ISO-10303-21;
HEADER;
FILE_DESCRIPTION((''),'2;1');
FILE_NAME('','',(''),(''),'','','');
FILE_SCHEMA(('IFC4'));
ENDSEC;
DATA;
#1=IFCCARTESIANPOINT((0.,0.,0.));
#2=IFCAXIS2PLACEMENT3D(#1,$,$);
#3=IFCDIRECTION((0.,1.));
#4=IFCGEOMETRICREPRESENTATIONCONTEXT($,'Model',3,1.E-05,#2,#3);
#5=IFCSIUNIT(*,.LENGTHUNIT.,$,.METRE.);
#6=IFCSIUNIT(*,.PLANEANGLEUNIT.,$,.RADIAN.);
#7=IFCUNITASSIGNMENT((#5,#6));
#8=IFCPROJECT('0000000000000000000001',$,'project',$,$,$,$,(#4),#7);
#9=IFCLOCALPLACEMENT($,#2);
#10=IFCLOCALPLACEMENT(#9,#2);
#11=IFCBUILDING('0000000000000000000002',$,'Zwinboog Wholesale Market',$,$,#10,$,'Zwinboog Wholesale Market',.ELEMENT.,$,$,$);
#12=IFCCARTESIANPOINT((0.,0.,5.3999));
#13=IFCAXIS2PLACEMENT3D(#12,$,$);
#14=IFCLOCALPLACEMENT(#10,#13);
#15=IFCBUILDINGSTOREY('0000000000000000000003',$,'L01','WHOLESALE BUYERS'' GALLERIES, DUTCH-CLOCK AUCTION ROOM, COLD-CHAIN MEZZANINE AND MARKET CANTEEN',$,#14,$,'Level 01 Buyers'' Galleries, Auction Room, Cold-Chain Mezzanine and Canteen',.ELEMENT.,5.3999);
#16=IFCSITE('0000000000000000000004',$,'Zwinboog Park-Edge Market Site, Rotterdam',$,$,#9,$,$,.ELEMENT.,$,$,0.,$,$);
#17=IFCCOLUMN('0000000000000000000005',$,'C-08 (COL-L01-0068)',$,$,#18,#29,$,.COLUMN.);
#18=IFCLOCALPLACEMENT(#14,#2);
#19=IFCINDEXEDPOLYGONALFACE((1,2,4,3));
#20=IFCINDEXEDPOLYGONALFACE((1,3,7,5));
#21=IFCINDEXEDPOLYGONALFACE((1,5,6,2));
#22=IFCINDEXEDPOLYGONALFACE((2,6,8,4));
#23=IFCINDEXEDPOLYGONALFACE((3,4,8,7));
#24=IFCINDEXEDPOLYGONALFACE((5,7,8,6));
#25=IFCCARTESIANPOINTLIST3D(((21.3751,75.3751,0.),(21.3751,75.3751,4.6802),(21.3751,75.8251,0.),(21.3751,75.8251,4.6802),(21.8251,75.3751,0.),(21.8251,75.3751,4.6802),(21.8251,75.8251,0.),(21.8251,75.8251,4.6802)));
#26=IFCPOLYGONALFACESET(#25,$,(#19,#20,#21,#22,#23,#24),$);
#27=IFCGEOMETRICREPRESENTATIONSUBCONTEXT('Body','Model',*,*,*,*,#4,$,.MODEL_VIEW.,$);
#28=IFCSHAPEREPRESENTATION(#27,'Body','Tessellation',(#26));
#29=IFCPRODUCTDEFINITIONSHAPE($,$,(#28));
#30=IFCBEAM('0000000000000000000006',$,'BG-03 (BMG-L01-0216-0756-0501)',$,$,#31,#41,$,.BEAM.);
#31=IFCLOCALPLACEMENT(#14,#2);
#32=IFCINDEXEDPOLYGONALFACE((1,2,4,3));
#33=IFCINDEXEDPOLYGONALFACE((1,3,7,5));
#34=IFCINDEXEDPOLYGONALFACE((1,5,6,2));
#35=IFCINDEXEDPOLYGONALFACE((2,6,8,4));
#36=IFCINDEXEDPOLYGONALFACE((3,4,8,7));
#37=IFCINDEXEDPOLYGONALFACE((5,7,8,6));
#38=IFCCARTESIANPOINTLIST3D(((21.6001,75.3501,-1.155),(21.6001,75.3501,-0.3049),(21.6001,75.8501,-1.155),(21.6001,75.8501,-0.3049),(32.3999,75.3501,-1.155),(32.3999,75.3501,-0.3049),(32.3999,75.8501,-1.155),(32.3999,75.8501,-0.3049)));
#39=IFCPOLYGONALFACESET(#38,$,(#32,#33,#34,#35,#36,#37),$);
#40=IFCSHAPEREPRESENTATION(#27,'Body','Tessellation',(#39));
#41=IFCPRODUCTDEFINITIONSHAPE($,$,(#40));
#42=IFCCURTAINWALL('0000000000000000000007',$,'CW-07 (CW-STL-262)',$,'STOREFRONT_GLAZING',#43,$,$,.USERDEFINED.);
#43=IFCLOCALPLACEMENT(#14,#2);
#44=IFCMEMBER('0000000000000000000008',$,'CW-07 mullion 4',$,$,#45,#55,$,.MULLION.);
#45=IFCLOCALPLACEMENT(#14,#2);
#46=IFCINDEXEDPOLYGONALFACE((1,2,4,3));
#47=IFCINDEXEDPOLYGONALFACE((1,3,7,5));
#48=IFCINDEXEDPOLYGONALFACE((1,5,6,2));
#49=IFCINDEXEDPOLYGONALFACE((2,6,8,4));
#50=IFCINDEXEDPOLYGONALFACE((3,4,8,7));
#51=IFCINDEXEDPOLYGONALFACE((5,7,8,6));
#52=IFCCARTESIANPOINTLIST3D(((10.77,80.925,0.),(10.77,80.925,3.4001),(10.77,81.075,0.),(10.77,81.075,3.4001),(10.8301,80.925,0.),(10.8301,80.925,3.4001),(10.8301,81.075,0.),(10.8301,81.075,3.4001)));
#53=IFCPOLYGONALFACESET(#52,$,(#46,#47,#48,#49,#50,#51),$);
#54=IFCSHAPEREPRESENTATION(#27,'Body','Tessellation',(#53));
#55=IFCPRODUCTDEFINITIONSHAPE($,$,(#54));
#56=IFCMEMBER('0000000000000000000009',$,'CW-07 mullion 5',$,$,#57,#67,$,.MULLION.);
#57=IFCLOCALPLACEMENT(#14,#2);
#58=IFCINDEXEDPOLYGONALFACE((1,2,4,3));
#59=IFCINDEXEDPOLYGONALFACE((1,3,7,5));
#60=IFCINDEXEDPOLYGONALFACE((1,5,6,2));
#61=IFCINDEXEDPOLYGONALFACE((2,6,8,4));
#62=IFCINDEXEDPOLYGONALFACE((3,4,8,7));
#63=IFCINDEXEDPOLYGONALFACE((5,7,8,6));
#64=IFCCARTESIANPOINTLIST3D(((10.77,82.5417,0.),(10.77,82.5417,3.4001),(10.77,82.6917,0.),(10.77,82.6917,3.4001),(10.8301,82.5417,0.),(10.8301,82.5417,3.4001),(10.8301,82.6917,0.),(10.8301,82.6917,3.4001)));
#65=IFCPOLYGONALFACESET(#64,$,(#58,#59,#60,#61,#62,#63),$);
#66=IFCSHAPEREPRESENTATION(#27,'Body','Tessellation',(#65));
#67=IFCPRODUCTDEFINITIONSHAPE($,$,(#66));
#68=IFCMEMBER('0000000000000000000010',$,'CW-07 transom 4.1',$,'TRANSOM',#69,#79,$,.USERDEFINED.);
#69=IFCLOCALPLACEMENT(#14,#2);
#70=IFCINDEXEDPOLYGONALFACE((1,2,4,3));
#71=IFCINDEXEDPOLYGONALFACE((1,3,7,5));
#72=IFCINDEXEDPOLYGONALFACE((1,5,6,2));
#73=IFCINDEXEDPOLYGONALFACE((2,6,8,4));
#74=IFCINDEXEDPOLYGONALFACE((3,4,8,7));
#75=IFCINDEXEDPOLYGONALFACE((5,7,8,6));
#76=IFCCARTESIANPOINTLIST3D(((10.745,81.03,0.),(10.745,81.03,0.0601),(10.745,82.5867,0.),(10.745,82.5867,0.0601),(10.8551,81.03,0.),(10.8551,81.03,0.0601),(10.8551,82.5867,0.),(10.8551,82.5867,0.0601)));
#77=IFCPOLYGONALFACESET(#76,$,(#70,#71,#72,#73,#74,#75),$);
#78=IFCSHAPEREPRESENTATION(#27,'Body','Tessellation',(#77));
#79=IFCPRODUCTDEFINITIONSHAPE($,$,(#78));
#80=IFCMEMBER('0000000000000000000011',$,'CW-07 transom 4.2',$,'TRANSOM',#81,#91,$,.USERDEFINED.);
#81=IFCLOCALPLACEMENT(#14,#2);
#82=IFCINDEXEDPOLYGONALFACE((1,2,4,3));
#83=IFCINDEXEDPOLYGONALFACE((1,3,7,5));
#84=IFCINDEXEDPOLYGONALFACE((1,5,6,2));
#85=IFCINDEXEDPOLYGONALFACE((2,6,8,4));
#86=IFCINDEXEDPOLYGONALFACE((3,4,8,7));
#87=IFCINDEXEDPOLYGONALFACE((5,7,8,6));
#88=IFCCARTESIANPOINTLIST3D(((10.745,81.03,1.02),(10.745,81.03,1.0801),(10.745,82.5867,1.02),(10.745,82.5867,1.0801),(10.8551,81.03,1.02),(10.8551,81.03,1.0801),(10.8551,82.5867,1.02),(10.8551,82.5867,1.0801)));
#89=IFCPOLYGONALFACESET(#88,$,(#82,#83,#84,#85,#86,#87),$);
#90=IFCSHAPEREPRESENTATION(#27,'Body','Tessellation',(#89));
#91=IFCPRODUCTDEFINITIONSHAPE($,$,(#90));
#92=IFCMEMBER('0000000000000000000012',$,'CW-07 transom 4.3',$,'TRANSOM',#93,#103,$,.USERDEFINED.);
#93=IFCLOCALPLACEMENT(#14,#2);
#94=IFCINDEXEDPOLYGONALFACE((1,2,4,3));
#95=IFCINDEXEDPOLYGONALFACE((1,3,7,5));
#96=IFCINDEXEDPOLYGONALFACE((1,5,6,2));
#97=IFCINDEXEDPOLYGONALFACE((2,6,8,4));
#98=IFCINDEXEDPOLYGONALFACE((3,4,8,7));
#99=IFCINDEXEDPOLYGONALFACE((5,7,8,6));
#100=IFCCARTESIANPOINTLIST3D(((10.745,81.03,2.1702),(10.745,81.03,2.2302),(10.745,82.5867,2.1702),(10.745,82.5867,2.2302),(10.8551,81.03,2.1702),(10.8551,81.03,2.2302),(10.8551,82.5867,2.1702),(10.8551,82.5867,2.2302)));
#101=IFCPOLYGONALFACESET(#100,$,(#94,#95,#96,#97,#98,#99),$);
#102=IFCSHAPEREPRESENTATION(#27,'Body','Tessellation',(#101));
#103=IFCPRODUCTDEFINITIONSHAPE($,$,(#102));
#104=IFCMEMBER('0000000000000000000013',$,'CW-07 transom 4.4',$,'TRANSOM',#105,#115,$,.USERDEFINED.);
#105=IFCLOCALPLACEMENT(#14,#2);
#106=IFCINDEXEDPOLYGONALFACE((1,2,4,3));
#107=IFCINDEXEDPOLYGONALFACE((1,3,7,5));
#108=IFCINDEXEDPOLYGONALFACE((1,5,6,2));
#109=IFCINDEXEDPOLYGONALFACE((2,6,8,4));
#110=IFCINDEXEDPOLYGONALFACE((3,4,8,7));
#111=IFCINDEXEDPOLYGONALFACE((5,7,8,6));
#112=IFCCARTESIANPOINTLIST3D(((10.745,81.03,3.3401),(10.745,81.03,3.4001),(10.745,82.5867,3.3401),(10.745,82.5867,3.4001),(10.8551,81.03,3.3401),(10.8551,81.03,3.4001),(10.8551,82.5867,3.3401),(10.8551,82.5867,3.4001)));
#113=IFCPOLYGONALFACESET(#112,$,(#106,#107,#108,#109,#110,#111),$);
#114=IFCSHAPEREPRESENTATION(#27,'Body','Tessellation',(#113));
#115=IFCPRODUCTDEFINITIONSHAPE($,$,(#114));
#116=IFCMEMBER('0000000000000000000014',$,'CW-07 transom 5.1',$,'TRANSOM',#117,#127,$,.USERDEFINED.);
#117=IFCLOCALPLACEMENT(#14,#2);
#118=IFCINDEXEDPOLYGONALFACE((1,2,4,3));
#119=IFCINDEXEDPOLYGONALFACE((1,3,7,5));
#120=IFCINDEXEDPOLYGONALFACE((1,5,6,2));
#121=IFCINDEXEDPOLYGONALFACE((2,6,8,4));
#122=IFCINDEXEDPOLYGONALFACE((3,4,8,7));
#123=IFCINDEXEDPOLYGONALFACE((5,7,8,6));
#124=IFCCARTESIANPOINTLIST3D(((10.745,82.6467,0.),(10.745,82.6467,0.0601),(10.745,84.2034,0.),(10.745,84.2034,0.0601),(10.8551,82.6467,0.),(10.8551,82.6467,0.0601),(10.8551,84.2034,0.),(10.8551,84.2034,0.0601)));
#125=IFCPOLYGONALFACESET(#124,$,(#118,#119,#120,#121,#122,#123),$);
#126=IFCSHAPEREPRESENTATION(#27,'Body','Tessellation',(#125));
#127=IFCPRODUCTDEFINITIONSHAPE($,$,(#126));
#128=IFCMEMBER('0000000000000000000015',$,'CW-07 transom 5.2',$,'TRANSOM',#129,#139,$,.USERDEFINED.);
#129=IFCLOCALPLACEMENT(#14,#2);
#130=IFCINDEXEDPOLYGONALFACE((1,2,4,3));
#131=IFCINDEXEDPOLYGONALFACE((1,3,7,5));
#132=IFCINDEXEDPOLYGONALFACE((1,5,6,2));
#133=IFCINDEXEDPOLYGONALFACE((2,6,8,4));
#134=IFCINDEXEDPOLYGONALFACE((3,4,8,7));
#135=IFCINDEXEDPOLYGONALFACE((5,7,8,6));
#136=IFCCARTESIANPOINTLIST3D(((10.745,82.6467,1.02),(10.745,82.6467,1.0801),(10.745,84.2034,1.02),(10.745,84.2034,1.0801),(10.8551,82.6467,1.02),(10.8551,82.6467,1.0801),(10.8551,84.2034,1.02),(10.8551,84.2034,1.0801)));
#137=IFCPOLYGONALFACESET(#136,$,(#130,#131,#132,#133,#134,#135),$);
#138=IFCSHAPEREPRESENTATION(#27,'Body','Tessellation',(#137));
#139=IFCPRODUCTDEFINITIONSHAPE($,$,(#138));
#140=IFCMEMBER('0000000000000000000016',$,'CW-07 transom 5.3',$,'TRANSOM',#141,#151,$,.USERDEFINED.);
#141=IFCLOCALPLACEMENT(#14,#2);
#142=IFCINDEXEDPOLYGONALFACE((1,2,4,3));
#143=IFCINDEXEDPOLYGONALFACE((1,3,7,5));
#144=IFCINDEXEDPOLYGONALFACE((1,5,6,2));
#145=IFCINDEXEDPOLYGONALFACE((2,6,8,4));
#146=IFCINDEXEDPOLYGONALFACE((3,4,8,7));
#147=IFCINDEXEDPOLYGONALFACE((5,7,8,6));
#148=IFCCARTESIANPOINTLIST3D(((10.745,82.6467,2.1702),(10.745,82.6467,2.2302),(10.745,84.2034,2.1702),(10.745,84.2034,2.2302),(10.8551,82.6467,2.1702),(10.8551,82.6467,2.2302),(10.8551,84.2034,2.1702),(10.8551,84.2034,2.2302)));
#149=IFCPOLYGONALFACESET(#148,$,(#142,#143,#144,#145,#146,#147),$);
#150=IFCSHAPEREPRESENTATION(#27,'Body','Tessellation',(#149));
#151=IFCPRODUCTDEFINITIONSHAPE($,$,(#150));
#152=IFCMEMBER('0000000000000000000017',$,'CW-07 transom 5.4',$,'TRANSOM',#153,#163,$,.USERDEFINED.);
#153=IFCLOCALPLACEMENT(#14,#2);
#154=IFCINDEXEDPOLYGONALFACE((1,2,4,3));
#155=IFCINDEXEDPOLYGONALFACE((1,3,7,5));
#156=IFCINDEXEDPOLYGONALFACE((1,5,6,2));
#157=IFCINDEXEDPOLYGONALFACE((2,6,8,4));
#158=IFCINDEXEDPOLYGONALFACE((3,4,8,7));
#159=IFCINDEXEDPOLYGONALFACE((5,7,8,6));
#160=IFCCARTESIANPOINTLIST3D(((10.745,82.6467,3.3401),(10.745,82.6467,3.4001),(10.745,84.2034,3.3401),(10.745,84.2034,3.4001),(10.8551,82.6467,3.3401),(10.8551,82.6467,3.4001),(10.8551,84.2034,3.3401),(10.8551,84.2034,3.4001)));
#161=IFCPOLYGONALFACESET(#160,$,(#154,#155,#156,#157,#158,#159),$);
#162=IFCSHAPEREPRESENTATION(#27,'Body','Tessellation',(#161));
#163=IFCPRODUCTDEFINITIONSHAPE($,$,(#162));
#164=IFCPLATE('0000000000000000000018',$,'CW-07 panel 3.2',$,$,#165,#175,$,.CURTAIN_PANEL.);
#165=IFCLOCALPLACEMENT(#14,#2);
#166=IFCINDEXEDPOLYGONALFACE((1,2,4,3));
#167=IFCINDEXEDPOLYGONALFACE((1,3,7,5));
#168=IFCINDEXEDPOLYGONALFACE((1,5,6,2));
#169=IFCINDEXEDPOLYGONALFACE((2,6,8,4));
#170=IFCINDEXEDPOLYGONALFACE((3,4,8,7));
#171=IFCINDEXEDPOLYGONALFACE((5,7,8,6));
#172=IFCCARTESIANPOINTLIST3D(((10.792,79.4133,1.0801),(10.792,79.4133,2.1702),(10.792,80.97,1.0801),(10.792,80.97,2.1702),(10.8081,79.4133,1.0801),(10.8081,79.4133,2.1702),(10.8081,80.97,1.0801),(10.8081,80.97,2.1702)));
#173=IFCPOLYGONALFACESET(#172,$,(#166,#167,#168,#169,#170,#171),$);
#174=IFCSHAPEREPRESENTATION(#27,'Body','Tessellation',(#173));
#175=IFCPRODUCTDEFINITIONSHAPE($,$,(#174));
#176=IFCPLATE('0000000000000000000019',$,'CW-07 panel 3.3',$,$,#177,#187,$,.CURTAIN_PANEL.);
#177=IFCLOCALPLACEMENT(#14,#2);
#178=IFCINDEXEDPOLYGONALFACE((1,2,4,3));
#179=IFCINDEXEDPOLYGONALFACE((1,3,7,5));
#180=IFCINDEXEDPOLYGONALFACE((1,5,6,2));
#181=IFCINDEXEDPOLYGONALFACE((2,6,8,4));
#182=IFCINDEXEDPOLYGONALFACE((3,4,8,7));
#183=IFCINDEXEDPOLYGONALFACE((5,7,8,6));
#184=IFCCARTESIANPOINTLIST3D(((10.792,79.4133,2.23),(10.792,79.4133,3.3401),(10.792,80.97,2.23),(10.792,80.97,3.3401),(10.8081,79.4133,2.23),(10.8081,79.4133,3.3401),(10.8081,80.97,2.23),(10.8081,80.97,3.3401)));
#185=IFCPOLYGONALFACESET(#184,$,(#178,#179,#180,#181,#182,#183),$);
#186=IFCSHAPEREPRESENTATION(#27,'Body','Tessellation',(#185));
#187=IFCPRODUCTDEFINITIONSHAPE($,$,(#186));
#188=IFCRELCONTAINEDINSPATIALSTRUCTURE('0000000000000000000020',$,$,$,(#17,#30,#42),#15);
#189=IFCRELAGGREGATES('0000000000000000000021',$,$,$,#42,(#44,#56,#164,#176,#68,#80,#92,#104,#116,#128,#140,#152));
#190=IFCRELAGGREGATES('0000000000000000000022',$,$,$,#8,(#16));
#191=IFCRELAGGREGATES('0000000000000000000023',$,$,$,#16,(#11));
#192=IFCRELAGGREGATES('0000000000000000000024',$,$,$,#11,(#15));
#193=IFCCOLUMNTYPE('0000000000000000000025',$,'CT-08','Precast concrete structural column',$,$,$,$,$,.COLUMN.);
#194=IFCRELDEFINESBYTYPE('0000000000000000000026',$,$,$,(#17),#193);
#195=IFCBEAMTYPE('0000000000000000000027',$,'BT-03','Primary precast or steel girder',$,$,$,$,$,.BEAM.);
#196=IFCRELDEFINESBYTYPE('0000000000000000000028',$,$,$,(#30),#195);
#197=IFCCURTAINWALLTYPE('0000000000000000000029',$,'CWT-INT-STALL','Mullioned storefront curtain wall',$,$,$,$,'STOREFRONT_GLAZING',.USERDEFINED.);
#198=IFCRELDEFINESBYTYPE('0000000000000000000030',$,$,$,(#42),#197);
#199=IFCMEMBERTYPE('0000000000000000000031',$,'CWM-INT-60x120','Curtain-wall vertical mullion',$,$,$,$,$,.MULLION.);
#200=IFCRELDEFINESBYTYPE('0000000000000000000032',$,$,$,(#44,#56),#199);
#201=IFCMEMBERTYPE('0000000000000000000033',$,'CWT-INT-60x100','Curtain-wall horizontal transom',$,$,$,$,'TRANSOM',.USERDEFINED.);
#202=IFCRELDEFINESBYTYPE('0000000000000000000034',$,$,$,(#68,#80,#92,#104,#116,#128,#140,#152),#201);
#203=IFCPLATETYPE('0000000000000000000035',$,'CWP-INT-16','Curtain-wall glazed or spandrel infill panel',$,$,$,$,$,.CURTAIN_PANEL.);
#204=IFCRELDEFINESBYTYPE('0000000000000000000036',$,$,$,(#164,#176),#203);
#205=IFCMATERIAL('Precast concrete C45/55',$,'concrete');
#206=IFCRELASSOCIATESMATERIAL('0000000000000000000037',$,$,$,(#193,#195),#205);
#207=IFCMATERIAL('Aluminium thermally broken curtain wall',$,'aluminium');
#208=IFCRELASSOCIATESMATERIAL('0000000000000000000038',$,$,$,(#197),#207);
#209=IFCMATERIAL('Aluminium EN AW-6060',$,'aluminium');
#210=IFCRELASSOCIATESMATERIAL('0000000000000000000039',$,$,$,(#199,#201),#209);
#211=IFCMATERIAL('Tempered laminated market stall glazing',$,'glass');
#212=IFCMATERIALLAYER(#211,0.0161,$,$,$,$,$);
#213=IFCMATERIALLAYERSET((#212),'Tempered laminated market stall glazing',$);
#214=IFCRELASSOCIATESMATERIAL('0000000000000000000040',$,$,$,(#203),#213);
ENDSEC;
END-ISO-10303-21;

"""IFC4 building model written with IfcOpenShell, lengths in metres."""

from ifc_helpers import new_model, si_unit, direction, frame, origin, origin_2d, place, context, subcontext, project, spatial, rectangle, extrude, material, layer, layer_set, material_profile, profile_set, type_object, element, aggregate, save


model = new_model("IFC4")

# Units and contexts
model_context = context("Model", 3, precision=1e-05, world=origin(), true_north=direction((0.0, 1.0)))
body_context = subcontext(model_context, "Body", "Model", "MODEL_VIEW")
ifc_project = project(units=[si_unit("LENGTHUNIT", "METRE"), si_unit("PLANEANGLEUNIT", "RADIAN")], contexts=[model_context])

# Site, building, storey
site_placement = place(None, origin())
site = spatial("IfcSite", under=ifc_project, at=site_placement, Name="Zwinboog Park-Edge Market Site, Rotterdam", CompositionType="ELEMENT", RefElevation=0.0)
building_placement = place(site_placement, origin())
building = spatial("IfcBuilding", under=site, at=building_placement, Name="Zwinboog Wholesale Market", LongName="Zwinboog Wholesale Market", CompositionType="ELEMENT")
storey_placement = place(building_placement, frame((0.0, 0.0, 5.3999)))
storey = spatial("IfcBuildingStorey", under=building, at=storey_placement, Name="L01", Description="WHOLESALE BUYERS' GALLERIES, DUTCH-CLOCK AUCTION ROOM, COLD-CHAIN MEZZANINE AND MARKET CANTEEN", LongName="Level 01 Buyers' Galleries, Auction Room, Cold-Chain Mezzanine and Canteen", CompositionType="ELEMENT", Elevation=5.3999)

# Column
ifc_material_1 = material(Name="Precast concrete C45/55", Category="concrete")
ifc_material_profile_1 = material_profile(ifc_material_1, rectangle(XDim=0.45, YDim=0.45, at=origin_2d()), Name="PC 450x450")
ifc_profile_set_1 = profile_set([ifc_material_profile_1], Name="Precast concrete C45/55")
column_type = type_object("IfcColumnType", Name="CT-08", Description="Precast concrete structural column", PredefinedType="COLUMN", material=ifc_profile_set_1)
column_placement = place(storey_placement, frame((21.6001, 75.6001, 0.0), z_axis=(0.0, 0.0, 1.0), x_axis=(1.0, 0.0, 0.0)))
element("IfcColumn", 1, at=column_placement, inside=storey, type_object=column_type, Name="C-08 (COL-L01-0068)", PredefinedType="COLUMN", context=body_context, shape_type="SweptSolid", body=[
    extrude(rectangle(XDim=0.45, YDim=0.45, at=origin_2d()), origin(), (0.0, 0.0, 1.0), 4.6802),
])

# Beam
ifc_material_profile_2 = material_profile(ifc_material_1, rectangle(XDim=0.5, YDim=0.8501, at=origin_2d()), Name="PC 500x850")
ifc_profile_set_2 = profile_set([ifc_material_profile_2], Name="Precast concrete C45/55")
beam_type = type_object("IfcBeamType", Name="BT-03", Description="Primary precast or steel girder", PredefinedType="BEAM", material=ifc_profile_set_2)
beam_placement = place(storey_placement, frame((21.6001, 75.6001, -0.73), z_axis=(1.0, 0.0, 0.0), x_axis=(0.0, 1.0, 0.0)))
element("IfcBeam", 2, at=beam_placement, inside=storey, type_object=beam_type, Name="BG-03 (BMG-L01-0216-0756-0501)", PredefinedType="BEAM", context=body_context, shape_type="SweptSolid", body=[
    extrude(rectangle(XDim=0.5, YDim=0.8501, at=origin_2d()), origin(), (0.0, 0.0, 1.0), 10.7998),
])

# Curtain wall, members, plates
ifc_material_2 = material(Name="Aluminium thermally broken curtain wall", Category="aluminium")
curtain_wall_type = type_object("IfcCurtainWallType", Name="CWT-INT-STALL", Description="Mullioned storefront curtain wall", ElementType="STOREFRONT_GLAZING", PredefinedType="USERDEFINED", material=ifc_material_2)
curtain_wall_placement = place(storey_placement, origin())
curtain_wall = element("IfcCurtainWall", 3, at=curtain_wall_placement, inside=storey, type_object=curtain_wall_type, Name="CW-07 (CW-STL-262)", ObjectType="STOREFRONT_GLAZING", PredefinedType="USERDEFINED")
ifc_material_3 = material(Name="Aluminium EN AW-6060", Category="aluminium")
ifc_material_profile_3 = material_profile(ifc_material_3, rectangle(XDim=0.0601, YDim=0.1499, at=origin_2d()), Name="AL 60x150")
ifc_profile_set_3 = profile_set([ifc_material_profile_3], Name="Aluminium EN AW-6060")
member_type_1 = type_object("IfcMemberType", Name="CWM-INT-60x120", Description="Curtain-wall vertical mullion", PredefinedType="MULLION", material=ifc_profile_set_3)
member_1_placement = place(storey_placement, frame((10.8, 81.0, 0.0), z_axis=(0.0, 0.0, 1.0), x_axis=(-1.0, 0.0, 0.0)))
member_1 = element("IfcMember", 4, at=member_1_placement, type_object=member_type_1, Name="CW-07 mullion 4", PredefinedType="MULLION", context=body_context, shape_type="SweptSolid", body=[
    extrude(rectangle(XDim=0.0601, YDim=0.1499, at=origin_2d()), origin(), (0.0, 0.0, 1.0), 3.4001),
])
member_2_placement = place(storey_placement, frame((10.8, 82.6167, 0.0), z_axis=(0.0, 0.0, 1.0), x_axis=(-1.0, 0.0, 0.0)))
member_2 = element("IfcMember", 5, at=member_2_placement, type_object=member_type_1, Name="CW-07 mullion 5", PredefinedType="MULLION", context=body_context, shape_type="SweptSolid", body=[
    extrude(rectangle(XDim=0.0601, YDim=0.1499, at=origin_2d()), origin(), (0.0, 0.0, 1.0), 3.4001),
])
ifc_material_profile_4 = material_profile(ifc_material_3, rectangle(XDim=0.1101, YDim=0.0601, at=origin_2d()), Name="AL 60x110")
ifc_profile_set_4 = profile_set([ifc_material_profile_4], Name="Aluminium EN AW-6060")
member_type_2 = type_object("IfcMemberType", Name="CWT-INT-60x100", Description="Curtain-wall horizontal transom", ElementType="TRANSOM", PredefinedType="USERDEFINED", material=ifc_profile_set_4)
member_3_placement = place(storey_placement, frame((10.8, 81.03, 0.03), z_axis=(0.0, 1.0, 0.0), x_axis=(-1.0, 0.0, 0.0)))
member_3 = element("IfcMember", 6, at=member_3_placement, type_object=member_type_2, Name="CW-07 transom 4.1", ObjectType="TRANSOM", PredefinedType="USERDEFINED", context=body_context, shape_type="SweptSolid", body=[
    extrude(rectangle(XDim=0.1101, YDim=0.0601, at=origin_2d()), origin(), (0.0, 0.0, 1.0), 1.5566),
])
member_4_placement = place(storey_placement, frame((10.8, 81.03, 1.05), z_axis=(0.0, 1.0, 0.0), x_axis=(-1.0, 0.0, 0.0)))
member_4 = element("IfcMember", 7, at=member_4_placement, type_object=member_type_2, Name="CW-07 transom 4.2", ObjectType="TRANSOM", PredefinedType="USERDEFINED", context=body_context, shape_type="SweptSolid", body=[
    extrude(rectangle(XDim=0.1101, YDim=0.0601, at=origin_2d()), origin(), (0.0, 0.0, 1.0), 1.5566),
])
member_5_placement = place(storey_placement, frame((10.8, 81.03, 2.2002), z_axis=(0.0, 1.0, 0.0), x_axis=(-1.0, 0.0, 0.0)))
member_5 = element("IfcMember", 8, at=member_5_placement, type_object=member_type_2, Name="CW-07 transom 4.3", ObjectType="TRANSOM", PredefinedType="USERDEFINED", context=body_context, shape_type="SweptSolid", body=[
    extrude(rectangle(XDim=0.1101, YDim=0.0601, at=origin_2d()), origin(), (0.0, 0.0, 1.0), 1.5566),
])
member_6_placement = place(storey_placement, frame((10.8, 81.03, 3.3701), z_axis=(0.0, 1.0, 0.0), x_axis=(-1.0, 0.0, 0.0)))
member_6 = element("IfcMember", 9, at=member_6_placement, type_object=member_type_2, Name="CW-07 transom 4.4", ObjectType="TRANSOM", PredefinedType="USERDEFINED", context=body_context, shape_type="SweptSolid", body=[
    extrude(rectangle(XDim=0.1101, YDim=0.0601, at=origin_2d()), origin(), (0.0, 0.0, 1.0), 1.5566),
])
member_7_placement = place(storey_placement, frame((10.8, 82.6467, 0.03), z_axis=(0.0, 1.0, 0.0), x_axis=(-1.0, 0.0, 0.0)))
member_7 = element("IfcMember", 10, at=member_7_placement, type_object=member_type_2, Name="CW-07 transom 5.1", ObjectType="TRANSOM", PredefinedType="USERDEFINED", context=body_context, shape_type="SweptSolid", body=[
    extrude(rectangle(XDim=0.1101, YDim=0.0601, at=origin_2d()), origin(), (0.0, 0.0, 1.0), 1.5566),
])
member_8_placement = place(storey_placement, frame((10.8, 82.6467, 1.05), z_axis=(0.0, 1.0, 0.0), x_axis=(-1.0, 0.0, 0.0)))
member_8 = element("IfcMember", 11, at=member_8_placement, type_object=member_type_2, Name="CW-07 transom 5.2", ObjectType="TRANSOM", PredefinedType="USERDEFINED", context=body_context, shape_type="SweptSolid", body=[
    extrude(rectangle(XDim=0.1101, YDim=0.0601, at=origin_2d()), origin(), (0.0, 0.0, 1.0), 1.5566),
])
member_9_placement = place(storey_placement, frame((10.8, 82.6467, 2.2002), z_axis=(0.0, 1.0, 0.0), x_axis=(-1.0, 0.0, 0.0)))
member_9 = element("IfcMember", 12, at=member_9_placement, type_object=member_type_2, Name="CW-07 transom 5.3", ObjectType="TRANSOM", PredefinedType="USERDEFINED", context=body_context, shape_type="SweptSolid", body=[
    extrude(rectangle(XDim=0.1101, YDim=0.0601, at=origin_2d()), origin(), (0.0, 0.0, 1.0), 1.5566),
])
member_10_placement = place(storey_placement, frame((10.8, 82.6467, 3.3701), z_axis=(0.0, 1.0, 0.0), x_axis=(-1.0, 0.0, 0.0)))
member_10 = element("IfcMember", 13, at=member_10_placement, type_object=member_type_2, Name="CW-07 transom 5.4", ObjectType="TRANSOM", PredefinedType="USERDEFINED", context=body_context, shape_type="SweptSolid", body=[
    extrude(rectangle(XDim=0.1101, YDim=0.0601, at=origin_2d()), origin(), (0.0, 0.0, 1.0), 1.5566),
])
ifc_material_4 = material(Name="Tempered laminated market stall glazing", Category="glass")
ifc_layer = layer(ifc_material_4, 0.0161)
ifc_layer_set = layer_set([ifc_layer], Name="Tempered laminated market stall glazing")
plate_type = type_object("IfcPlateType", Name="CWP-INT-16", Description="Curtain-wall glazed or spandrel infill panel", PredefinedType="CURTAIN_PANEL", material=ifc_layer_set)
plate_1_placement = place(storey_placement, frame((10.8, 80.1917, 1.0801), z_axis=(0.0, 0.0, 1.0), x_axis=(0.0, 1.0, 0.0)))
plate_1 = element("IfcPlate", 14, at=plate_1_placement, type_object=plate_type, Name="CW-07 panel 3.2", PredefinedType="CURTAIN_PANEL", context=body_context, shape_type="SweptSolid", body=[
    extrude(rectangle(XDim=1.5566, YDim=0.0161, at=origin_2d()), origin(), (0.0, 0.0, 1.0), 1.0901),
])
plate_2_placement = place(storey_placement, frame((10.8, 80.1917, 2.23), z_axis=(0.0, 0.0, 1.0), x_axis=(0.0, 1.0, 0.0)))
plate_2 = element("IfcPlate", 15, at=plate_2_placement, type_object=plate_type, Name="CW-07 panel 3.3", PredefinedType="CURTAIN_PANEL", context=body_context, shape_type="SweptSolid", body=[
    extrude(rectangle(XDim=1.5566, YDim=0.0161, at=origin_2d()), origin(), (0.0, 0.0, 1.0), 1.1101),
])
aggregate(curtain_wall, [member_1, member_2, plate_1, plate_2, member_3, member_4, member_5, member_6, member_7, member_8, member_9, member_10])

save(model, "model.ifc")
